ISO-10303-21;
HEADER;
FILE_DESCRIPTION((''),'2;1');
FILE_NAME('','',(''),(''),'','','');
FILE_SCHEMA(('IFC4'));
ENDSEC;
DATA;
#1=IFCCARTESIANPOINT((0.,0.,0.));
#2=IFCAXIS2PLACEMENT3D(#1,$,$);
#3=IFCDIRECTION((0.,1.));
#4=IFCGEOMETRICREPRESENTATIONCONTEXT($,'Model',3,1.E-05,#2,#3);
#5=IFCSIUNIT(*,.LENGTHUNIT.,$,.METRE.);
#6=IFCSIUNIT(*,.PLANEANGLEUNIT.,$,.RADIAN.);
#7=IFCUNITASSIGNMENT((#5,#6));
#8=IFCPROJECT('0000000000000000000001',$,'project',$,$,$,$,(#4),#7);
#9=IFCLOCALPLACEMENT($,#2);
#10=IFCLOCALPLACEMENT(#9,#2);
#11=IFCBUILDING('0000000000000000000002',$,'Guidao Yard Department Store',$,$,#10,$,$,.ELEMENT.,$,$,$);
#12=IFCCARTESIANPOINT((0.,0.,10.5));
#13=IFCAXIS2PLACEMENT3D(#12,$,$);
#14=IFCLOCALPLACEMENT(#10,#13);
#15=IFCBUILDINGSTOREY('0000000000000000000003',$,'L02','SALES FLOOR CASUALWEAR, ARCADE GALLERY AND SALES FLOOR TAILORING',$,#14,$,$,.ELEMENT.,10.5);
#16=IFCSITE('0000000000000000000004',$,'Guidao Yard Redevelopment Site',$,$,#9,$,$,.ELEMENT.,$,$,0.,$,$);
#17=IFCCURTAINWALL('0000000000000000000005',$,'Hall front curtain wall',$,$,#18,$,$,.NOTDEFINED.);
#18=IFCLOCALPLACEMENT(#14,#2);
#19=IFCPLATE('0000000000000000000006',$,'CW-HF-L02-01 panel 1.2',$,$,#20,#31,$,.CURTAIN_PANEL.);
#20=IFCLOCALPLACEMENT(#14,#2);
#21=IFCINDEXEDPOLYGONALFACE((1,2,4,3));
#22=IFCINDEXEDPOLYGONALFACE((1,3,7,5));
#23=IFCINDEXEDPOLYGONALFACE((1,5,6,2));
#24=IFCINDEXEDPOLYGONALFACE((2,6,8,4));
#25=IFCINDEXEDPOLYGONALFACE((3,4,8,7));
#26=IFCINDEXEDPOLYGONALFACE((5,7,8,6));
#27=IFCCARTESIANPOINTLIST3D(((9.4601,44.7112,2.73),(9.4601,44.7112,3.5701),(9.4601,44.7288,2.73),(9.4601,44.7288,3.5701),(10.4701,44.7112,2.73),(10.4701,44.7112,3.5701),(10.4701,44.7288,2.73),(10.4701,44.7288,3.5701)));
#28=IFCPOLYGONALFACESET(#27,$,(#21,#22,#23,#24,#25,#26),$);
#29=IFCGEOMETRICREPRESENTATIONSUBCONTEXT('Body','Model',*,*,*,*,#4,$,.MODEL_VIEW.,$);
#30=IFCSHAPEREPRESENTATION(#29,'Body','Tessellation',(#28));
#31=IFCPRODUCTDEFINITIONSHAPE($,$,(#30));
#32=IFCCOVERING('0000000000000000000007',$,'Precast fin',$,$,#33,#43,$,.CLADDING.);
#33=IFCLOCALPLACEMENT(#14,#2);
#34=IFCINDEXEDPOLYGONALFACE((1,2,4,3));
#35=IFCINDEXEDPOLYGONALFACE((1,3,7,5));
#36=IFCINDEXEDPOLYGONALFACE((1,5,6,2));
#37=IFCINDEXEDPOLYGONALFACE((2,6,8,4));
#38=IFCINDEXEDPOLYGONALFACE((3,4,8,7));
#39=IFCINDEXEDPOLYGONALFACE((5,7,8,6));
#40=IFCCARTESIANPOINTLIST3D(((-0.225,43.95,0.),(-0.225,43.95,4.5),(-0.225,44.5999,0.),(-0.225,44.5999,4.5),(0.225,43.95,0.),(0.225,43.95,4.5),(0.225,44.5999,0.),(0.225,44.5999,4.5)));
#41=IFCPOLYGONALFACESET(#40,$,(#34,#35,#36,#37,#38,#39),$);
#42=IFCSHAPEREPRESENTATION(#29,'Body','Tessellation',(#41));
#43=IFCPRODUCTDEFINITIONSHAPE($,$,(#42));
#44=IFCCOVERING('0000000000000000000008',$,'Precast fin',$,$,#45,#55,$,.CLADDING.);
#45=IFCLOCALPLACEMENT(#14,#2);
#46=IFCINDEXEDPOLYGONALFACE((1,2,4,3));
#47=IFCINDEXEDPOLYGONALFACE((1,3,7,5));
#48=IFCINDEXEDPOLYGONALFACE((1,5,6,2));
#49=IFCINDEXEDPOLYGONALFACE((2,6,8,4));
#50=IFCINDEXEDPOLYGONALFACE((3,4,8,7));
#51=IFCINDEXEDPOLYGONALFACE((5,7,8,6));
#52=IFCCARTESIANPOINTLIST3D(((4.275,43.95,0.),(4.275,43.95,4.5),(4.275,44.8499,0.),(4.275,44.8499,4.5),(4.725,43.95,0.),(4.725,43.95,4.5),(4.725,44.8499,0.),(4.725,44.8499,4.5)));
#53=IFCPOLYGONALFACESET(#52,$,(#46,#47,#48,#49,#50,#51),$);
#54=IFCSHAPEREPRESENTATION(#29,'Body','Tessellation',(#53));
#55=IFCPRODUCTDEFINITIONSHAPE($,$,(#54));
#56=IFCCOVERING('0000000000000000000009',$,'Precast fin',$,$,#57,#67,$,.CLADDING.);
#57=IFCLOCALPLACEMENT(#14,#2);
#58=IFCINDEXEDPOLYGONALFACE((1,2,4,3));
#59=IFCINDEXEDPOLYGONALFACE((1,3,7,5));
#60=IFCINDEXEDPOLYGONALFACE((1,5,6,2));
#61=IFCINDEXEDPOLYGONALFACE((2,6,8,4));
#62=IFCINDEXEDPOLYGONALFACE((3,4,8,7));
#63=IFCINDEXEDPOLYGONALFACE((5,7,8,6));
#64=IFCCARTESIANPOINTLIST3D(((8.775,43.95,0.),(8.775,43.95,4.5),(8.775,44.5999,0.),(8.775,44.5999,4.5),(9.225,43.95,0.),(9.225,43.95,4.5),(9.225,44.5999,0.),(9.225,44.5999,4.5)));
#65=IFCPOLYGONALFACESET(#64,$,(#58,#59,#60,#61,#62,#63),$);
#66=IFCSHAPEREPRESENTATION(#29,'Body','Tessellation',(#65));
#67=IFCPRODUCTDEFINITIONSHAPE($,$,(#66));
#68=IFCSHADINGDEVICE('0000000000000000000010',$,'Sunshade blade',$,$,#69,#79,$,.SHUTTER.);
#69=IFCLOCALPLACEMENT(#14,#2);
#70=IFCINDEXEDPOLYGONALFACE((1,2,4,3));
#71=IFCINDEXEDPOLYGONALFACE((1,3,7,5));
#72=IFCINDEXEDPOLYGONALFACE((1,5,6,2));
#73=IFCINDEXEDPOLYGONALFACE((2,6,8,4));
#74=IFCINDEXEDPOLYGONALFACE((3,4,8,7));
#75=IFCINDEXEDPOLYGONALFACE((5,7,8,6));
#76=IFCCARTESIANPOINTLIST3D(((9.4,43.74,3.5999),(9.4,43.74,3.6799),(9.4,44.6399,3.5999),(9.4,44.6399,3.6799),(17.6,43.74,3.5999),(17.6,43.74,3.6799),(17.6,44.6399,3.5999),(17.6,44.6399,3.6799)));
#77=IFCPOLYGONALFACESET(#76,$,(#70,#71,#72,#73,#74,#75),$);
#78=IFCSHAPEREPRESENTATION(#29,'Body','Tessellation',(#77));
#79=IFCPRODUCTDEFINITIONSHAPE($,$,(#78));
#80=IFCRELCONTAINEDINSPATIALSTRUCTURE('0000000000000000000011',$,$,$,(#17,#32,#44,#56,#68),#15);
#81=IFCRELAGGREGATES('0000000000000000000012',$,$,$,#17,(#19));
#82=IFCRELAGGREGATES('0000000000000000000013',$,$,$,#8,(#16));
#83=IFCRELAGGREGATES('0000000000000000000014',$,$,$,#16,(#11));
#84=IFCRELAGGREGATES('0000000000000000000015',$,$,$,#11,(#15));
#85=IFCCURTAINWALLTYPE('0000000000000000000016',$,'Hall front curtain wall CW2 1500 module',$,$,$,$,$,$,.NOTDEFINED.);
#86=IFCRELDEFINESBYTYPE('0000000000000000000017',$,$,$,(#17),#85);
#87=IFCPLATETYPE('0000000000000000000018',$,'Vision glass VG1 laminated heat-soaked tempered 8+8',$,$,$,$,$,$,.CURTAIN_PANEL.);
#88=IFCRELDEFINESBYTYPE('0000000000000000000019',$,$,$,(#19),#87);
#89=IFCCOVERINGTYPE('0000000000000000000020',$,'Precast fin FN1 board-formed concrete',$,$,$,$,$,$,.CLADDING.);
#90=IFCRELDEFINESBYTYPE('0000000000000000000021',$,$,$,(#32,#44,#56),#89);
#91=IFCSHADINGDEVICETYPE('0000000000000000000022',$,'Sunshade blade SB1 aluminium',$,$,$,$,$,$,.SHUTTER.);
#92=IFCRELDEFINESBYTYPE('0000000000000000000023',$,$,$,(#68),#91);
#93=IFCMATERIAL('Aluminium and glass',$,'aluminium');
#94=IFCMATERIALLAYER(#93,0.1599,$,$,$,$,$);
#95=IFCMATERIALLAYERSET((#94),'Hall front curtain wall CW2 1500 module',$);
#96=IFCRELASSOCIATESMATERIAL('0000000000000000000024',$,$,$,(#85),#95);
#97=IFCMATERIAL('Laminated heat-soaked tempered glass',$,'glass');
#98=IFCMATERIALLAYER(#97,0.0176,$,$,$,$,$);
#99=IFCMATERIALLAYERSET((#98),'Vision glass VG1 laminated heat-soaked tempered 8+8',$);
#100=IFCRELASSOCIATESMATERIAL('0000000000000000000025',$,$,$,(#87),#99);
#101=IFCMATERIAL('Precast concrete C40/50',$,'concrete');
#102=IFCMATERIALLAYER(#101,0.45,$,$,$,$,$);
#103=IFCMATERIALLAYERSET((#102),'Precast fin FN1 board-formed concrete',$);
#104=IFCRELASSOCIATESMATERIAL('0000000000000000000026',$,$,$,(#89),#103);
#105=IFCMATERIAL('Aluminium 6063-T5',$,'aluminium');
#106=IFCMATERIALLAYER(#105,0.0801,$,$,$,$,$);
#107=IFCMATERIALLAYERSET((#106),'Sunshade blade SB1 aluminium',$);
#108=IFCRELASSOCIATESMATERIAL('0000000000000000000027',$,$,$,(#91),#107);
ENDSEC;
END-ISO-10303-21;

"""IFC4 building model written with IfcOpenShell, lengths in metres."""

from ifc_helpers import new_model, si_unit, direction, frame, origin, origin_2d, place, context, subcontext, project, spatial, rectangle, extrude, material, layer, layer_set, type_object, element, aggregate, save


model = new_model("IFC4")

# Units and contexts
model_context = context("Model", 3, precision=1e-05, world=origin(), true_north=direction((0.0, 1.0)))
body_context = subcontext(model_context, "Body", "Model", "MODEL_VIEW")
ifc_project = project(units=[si_unit("LENGTHUNIT", "METRE"), si_unit("PLANEANGLEUNIT", "RADIAN")], contexts=[model_context])

# Site, building, storey
site_placement = place(None, origin())
site = spatial("IfcSite", under=ifc_project, at=site_placement, Name="Guidao Yard Redevelopment Site", CompositionType="ELEMENT", RefElevation=0.0)
building_placement = place(site_placement, origin())
building = spatial("IfcBuilding", under=site, at=building_placement, Name="Guidao Yard Department Store", CompositionType="ELEMENT")
storey_placement = place(building_placement, frame((0.0, 0.0, 10.5)))
storey = spatial("IfcBuildingStorey", under=building, at=storey_placement, Name="L02", Description="SALES FLOOR CASUALWEAR, ARCADE GALLERY AND SALES FLOOR TAILORING", CompositionType="ELEMENT", Elevation=10.5)

# Curtain wall
ifc_material_1 = material(Name="Aluminium and glass", Category="aluminium")
ifc_layer_1 = layer(ifc_material_1, 0.1599)
ifc_layer_set_1 = layer_set([ifc_layer_1], Name="Hall front curtain wall CW2 1500 module")
curtain_wall_type = type_object("IfcCurtainWallType", Name="Hall front curtain wall CW2 1500 module", PredefinedType="NOTDEFINED", material=ifc_layer_set_1)
curtain_wall_placement = place(storey_placement, origin())
curtain_wall = element("IfcCurtainWall", 1, at=curtain_wall_placement, inside=storey, type_object=curtain_wall_type, Name="Hall front curtain wall", PredefinedType="NOTDEFINED")

# Plate
ifc_material_2 = material(Name="Laminated heat-soaked tempered glass", Category="glass")
ifc_layer_2 = layer(ifc_material_2, 0.0176)
ifc_layer_set_2 = layer_set([ifc_layer_2], Name="Vision glass VG1 laminated heat-soaked tempered 8+8")
plate_type_1 = type_object("IfcPlateType", Name="Vision glass VG1 laminated heat-soaked tempered 8+8", PredefinedType="CURTAIN_PANEL", material=ifc_layer_set_2)
plate_1_placement = place(storey_placement, frame((9.9651, 44.72, 2.73), z_axis=(0.0, 0.0, 1.0), x_axis=(-1.0, 0.0, 0.0)))
plate_1 = element("IfcPlate", 2, at=plate_1_placement, type_object=plate_type_1, Name="CW-HF-L02-01 panel 1.2", PredefinedType="CURTAIN_PANEL", context=body_context, shape_type="SweptSolid", body=[
    extrude(rectangle(XDim=1.01, YDim=0.0176, at=origin_2d()), origin(), (0.0, 0.0, 1.0), 0.8401),
])
aggregate(curtain_wall, [plate_1])

# Coverings
ifc_material_3 = material(Name="Precast concrete C40/50", Category="concrete")
ifc_layer_3 = layer(ifc_material_3, 0.45)
ifc_layer_set_3 = layer_set([ifc_layer_3], Name="Precast fin FN1 board-formed concrete")
covering_type = type_object("IfcCoveringType", Name="Precast fin FN1 board-formed concrete", PredefinedType="CLADDING", material=ifc_layer_set_3)
covering_1_placement = place(storey_placement, frame((0.0, 44.2749, 0.0), z_axis=(0.0, 0.0, 1.0), x_axis=(-1.0, 0.0, 0.0)))
element("IfcCovering", 3, at=covering_1_placement, inside=storey, type_object=covering_type, Name="Precast fin", PredefinedType="CLADDING", context=body_context, shape_type="SweptSolid", body=[
    extrude(rectangle(XDim=0.45, YDim=0.6499, at=origin_2d()), origin(), (0.0, 0.0, 1.0), 4.5),
])
covering_2_placement = place(storey_placement, frame((4.5, 44.3999, 0.0), z_axis=(0.0, 0.0, 1.0), x_axis=(-1.0, 0.0, 0.0)))
element("IfcCovering", 4, at=covering_2_placement, inside=storey, type_object=covering_type, Name="Precast fin", PredefinedType="CLADDING", context=body_context, shape_type="SweptSolid", body=[
    extrude(rectangle(XDim=0.45, YDim=0.8999, at=origin_2d()), origin(), (0.0, 0.0, 1.0), 4.5),
])
covering_3_placement = place(storey_placement, frame((9.0, 44.2749, 0.0), z_axis=(0.0, 0.0, 1.0), x_axis=(-1.0, 0.0, 0.0)))
element("IfcCovering", 5, at=covering_3_placement, inside=storey, type_object=covering_type, Name="Precast fin", PredefinedType="CLADDING", context=body_context, shape_type="SweptSolid", body=[
    extrude(rectangle(XDim=0.45, YDim=0.6499, at=origin_2d()), origin(), (0.0, 0.0, 1.0), 4.5),
])

# Shading device
ifc_material_4 = material(Name="Aluminium 6063-T5", Category="aluminium")
ifc_layer_4 = layer(ifc_material_4, 0.0801)
ifc_layer_set_4 = layer_set([ifc_layer_4], Name="Sunshade blade SB1 aluminium")
shading_device_type = type_object("IfcShadingDeviceType", Name="Sunshade blade SB1 aluminium", PredefinedType="SHUTTER", material=ifc_layer_set_4)
shading_device_placement = place(storey_placement, frame((13.5, 44.1899, 3.5999), z_axis=(0.0, 0.0, 1.0), x_axis=(-1.0, 0.0, 0.0)))
element("IfcShadingDevice", 6, at=shading_device_placement, inside=storey, type_object=shading_device_type, Name="Sunshade blade", PredefinedType="SHUTTER", context=body_context, shape_type="SweptSolid", body=[
    extrude(rectangle(XDim=8.2, YDim=0.8999, at=origin_2d()), origin(), (0.0, 0.0, 1.0), 0.0801),
])

save(model, "model.ifc")
